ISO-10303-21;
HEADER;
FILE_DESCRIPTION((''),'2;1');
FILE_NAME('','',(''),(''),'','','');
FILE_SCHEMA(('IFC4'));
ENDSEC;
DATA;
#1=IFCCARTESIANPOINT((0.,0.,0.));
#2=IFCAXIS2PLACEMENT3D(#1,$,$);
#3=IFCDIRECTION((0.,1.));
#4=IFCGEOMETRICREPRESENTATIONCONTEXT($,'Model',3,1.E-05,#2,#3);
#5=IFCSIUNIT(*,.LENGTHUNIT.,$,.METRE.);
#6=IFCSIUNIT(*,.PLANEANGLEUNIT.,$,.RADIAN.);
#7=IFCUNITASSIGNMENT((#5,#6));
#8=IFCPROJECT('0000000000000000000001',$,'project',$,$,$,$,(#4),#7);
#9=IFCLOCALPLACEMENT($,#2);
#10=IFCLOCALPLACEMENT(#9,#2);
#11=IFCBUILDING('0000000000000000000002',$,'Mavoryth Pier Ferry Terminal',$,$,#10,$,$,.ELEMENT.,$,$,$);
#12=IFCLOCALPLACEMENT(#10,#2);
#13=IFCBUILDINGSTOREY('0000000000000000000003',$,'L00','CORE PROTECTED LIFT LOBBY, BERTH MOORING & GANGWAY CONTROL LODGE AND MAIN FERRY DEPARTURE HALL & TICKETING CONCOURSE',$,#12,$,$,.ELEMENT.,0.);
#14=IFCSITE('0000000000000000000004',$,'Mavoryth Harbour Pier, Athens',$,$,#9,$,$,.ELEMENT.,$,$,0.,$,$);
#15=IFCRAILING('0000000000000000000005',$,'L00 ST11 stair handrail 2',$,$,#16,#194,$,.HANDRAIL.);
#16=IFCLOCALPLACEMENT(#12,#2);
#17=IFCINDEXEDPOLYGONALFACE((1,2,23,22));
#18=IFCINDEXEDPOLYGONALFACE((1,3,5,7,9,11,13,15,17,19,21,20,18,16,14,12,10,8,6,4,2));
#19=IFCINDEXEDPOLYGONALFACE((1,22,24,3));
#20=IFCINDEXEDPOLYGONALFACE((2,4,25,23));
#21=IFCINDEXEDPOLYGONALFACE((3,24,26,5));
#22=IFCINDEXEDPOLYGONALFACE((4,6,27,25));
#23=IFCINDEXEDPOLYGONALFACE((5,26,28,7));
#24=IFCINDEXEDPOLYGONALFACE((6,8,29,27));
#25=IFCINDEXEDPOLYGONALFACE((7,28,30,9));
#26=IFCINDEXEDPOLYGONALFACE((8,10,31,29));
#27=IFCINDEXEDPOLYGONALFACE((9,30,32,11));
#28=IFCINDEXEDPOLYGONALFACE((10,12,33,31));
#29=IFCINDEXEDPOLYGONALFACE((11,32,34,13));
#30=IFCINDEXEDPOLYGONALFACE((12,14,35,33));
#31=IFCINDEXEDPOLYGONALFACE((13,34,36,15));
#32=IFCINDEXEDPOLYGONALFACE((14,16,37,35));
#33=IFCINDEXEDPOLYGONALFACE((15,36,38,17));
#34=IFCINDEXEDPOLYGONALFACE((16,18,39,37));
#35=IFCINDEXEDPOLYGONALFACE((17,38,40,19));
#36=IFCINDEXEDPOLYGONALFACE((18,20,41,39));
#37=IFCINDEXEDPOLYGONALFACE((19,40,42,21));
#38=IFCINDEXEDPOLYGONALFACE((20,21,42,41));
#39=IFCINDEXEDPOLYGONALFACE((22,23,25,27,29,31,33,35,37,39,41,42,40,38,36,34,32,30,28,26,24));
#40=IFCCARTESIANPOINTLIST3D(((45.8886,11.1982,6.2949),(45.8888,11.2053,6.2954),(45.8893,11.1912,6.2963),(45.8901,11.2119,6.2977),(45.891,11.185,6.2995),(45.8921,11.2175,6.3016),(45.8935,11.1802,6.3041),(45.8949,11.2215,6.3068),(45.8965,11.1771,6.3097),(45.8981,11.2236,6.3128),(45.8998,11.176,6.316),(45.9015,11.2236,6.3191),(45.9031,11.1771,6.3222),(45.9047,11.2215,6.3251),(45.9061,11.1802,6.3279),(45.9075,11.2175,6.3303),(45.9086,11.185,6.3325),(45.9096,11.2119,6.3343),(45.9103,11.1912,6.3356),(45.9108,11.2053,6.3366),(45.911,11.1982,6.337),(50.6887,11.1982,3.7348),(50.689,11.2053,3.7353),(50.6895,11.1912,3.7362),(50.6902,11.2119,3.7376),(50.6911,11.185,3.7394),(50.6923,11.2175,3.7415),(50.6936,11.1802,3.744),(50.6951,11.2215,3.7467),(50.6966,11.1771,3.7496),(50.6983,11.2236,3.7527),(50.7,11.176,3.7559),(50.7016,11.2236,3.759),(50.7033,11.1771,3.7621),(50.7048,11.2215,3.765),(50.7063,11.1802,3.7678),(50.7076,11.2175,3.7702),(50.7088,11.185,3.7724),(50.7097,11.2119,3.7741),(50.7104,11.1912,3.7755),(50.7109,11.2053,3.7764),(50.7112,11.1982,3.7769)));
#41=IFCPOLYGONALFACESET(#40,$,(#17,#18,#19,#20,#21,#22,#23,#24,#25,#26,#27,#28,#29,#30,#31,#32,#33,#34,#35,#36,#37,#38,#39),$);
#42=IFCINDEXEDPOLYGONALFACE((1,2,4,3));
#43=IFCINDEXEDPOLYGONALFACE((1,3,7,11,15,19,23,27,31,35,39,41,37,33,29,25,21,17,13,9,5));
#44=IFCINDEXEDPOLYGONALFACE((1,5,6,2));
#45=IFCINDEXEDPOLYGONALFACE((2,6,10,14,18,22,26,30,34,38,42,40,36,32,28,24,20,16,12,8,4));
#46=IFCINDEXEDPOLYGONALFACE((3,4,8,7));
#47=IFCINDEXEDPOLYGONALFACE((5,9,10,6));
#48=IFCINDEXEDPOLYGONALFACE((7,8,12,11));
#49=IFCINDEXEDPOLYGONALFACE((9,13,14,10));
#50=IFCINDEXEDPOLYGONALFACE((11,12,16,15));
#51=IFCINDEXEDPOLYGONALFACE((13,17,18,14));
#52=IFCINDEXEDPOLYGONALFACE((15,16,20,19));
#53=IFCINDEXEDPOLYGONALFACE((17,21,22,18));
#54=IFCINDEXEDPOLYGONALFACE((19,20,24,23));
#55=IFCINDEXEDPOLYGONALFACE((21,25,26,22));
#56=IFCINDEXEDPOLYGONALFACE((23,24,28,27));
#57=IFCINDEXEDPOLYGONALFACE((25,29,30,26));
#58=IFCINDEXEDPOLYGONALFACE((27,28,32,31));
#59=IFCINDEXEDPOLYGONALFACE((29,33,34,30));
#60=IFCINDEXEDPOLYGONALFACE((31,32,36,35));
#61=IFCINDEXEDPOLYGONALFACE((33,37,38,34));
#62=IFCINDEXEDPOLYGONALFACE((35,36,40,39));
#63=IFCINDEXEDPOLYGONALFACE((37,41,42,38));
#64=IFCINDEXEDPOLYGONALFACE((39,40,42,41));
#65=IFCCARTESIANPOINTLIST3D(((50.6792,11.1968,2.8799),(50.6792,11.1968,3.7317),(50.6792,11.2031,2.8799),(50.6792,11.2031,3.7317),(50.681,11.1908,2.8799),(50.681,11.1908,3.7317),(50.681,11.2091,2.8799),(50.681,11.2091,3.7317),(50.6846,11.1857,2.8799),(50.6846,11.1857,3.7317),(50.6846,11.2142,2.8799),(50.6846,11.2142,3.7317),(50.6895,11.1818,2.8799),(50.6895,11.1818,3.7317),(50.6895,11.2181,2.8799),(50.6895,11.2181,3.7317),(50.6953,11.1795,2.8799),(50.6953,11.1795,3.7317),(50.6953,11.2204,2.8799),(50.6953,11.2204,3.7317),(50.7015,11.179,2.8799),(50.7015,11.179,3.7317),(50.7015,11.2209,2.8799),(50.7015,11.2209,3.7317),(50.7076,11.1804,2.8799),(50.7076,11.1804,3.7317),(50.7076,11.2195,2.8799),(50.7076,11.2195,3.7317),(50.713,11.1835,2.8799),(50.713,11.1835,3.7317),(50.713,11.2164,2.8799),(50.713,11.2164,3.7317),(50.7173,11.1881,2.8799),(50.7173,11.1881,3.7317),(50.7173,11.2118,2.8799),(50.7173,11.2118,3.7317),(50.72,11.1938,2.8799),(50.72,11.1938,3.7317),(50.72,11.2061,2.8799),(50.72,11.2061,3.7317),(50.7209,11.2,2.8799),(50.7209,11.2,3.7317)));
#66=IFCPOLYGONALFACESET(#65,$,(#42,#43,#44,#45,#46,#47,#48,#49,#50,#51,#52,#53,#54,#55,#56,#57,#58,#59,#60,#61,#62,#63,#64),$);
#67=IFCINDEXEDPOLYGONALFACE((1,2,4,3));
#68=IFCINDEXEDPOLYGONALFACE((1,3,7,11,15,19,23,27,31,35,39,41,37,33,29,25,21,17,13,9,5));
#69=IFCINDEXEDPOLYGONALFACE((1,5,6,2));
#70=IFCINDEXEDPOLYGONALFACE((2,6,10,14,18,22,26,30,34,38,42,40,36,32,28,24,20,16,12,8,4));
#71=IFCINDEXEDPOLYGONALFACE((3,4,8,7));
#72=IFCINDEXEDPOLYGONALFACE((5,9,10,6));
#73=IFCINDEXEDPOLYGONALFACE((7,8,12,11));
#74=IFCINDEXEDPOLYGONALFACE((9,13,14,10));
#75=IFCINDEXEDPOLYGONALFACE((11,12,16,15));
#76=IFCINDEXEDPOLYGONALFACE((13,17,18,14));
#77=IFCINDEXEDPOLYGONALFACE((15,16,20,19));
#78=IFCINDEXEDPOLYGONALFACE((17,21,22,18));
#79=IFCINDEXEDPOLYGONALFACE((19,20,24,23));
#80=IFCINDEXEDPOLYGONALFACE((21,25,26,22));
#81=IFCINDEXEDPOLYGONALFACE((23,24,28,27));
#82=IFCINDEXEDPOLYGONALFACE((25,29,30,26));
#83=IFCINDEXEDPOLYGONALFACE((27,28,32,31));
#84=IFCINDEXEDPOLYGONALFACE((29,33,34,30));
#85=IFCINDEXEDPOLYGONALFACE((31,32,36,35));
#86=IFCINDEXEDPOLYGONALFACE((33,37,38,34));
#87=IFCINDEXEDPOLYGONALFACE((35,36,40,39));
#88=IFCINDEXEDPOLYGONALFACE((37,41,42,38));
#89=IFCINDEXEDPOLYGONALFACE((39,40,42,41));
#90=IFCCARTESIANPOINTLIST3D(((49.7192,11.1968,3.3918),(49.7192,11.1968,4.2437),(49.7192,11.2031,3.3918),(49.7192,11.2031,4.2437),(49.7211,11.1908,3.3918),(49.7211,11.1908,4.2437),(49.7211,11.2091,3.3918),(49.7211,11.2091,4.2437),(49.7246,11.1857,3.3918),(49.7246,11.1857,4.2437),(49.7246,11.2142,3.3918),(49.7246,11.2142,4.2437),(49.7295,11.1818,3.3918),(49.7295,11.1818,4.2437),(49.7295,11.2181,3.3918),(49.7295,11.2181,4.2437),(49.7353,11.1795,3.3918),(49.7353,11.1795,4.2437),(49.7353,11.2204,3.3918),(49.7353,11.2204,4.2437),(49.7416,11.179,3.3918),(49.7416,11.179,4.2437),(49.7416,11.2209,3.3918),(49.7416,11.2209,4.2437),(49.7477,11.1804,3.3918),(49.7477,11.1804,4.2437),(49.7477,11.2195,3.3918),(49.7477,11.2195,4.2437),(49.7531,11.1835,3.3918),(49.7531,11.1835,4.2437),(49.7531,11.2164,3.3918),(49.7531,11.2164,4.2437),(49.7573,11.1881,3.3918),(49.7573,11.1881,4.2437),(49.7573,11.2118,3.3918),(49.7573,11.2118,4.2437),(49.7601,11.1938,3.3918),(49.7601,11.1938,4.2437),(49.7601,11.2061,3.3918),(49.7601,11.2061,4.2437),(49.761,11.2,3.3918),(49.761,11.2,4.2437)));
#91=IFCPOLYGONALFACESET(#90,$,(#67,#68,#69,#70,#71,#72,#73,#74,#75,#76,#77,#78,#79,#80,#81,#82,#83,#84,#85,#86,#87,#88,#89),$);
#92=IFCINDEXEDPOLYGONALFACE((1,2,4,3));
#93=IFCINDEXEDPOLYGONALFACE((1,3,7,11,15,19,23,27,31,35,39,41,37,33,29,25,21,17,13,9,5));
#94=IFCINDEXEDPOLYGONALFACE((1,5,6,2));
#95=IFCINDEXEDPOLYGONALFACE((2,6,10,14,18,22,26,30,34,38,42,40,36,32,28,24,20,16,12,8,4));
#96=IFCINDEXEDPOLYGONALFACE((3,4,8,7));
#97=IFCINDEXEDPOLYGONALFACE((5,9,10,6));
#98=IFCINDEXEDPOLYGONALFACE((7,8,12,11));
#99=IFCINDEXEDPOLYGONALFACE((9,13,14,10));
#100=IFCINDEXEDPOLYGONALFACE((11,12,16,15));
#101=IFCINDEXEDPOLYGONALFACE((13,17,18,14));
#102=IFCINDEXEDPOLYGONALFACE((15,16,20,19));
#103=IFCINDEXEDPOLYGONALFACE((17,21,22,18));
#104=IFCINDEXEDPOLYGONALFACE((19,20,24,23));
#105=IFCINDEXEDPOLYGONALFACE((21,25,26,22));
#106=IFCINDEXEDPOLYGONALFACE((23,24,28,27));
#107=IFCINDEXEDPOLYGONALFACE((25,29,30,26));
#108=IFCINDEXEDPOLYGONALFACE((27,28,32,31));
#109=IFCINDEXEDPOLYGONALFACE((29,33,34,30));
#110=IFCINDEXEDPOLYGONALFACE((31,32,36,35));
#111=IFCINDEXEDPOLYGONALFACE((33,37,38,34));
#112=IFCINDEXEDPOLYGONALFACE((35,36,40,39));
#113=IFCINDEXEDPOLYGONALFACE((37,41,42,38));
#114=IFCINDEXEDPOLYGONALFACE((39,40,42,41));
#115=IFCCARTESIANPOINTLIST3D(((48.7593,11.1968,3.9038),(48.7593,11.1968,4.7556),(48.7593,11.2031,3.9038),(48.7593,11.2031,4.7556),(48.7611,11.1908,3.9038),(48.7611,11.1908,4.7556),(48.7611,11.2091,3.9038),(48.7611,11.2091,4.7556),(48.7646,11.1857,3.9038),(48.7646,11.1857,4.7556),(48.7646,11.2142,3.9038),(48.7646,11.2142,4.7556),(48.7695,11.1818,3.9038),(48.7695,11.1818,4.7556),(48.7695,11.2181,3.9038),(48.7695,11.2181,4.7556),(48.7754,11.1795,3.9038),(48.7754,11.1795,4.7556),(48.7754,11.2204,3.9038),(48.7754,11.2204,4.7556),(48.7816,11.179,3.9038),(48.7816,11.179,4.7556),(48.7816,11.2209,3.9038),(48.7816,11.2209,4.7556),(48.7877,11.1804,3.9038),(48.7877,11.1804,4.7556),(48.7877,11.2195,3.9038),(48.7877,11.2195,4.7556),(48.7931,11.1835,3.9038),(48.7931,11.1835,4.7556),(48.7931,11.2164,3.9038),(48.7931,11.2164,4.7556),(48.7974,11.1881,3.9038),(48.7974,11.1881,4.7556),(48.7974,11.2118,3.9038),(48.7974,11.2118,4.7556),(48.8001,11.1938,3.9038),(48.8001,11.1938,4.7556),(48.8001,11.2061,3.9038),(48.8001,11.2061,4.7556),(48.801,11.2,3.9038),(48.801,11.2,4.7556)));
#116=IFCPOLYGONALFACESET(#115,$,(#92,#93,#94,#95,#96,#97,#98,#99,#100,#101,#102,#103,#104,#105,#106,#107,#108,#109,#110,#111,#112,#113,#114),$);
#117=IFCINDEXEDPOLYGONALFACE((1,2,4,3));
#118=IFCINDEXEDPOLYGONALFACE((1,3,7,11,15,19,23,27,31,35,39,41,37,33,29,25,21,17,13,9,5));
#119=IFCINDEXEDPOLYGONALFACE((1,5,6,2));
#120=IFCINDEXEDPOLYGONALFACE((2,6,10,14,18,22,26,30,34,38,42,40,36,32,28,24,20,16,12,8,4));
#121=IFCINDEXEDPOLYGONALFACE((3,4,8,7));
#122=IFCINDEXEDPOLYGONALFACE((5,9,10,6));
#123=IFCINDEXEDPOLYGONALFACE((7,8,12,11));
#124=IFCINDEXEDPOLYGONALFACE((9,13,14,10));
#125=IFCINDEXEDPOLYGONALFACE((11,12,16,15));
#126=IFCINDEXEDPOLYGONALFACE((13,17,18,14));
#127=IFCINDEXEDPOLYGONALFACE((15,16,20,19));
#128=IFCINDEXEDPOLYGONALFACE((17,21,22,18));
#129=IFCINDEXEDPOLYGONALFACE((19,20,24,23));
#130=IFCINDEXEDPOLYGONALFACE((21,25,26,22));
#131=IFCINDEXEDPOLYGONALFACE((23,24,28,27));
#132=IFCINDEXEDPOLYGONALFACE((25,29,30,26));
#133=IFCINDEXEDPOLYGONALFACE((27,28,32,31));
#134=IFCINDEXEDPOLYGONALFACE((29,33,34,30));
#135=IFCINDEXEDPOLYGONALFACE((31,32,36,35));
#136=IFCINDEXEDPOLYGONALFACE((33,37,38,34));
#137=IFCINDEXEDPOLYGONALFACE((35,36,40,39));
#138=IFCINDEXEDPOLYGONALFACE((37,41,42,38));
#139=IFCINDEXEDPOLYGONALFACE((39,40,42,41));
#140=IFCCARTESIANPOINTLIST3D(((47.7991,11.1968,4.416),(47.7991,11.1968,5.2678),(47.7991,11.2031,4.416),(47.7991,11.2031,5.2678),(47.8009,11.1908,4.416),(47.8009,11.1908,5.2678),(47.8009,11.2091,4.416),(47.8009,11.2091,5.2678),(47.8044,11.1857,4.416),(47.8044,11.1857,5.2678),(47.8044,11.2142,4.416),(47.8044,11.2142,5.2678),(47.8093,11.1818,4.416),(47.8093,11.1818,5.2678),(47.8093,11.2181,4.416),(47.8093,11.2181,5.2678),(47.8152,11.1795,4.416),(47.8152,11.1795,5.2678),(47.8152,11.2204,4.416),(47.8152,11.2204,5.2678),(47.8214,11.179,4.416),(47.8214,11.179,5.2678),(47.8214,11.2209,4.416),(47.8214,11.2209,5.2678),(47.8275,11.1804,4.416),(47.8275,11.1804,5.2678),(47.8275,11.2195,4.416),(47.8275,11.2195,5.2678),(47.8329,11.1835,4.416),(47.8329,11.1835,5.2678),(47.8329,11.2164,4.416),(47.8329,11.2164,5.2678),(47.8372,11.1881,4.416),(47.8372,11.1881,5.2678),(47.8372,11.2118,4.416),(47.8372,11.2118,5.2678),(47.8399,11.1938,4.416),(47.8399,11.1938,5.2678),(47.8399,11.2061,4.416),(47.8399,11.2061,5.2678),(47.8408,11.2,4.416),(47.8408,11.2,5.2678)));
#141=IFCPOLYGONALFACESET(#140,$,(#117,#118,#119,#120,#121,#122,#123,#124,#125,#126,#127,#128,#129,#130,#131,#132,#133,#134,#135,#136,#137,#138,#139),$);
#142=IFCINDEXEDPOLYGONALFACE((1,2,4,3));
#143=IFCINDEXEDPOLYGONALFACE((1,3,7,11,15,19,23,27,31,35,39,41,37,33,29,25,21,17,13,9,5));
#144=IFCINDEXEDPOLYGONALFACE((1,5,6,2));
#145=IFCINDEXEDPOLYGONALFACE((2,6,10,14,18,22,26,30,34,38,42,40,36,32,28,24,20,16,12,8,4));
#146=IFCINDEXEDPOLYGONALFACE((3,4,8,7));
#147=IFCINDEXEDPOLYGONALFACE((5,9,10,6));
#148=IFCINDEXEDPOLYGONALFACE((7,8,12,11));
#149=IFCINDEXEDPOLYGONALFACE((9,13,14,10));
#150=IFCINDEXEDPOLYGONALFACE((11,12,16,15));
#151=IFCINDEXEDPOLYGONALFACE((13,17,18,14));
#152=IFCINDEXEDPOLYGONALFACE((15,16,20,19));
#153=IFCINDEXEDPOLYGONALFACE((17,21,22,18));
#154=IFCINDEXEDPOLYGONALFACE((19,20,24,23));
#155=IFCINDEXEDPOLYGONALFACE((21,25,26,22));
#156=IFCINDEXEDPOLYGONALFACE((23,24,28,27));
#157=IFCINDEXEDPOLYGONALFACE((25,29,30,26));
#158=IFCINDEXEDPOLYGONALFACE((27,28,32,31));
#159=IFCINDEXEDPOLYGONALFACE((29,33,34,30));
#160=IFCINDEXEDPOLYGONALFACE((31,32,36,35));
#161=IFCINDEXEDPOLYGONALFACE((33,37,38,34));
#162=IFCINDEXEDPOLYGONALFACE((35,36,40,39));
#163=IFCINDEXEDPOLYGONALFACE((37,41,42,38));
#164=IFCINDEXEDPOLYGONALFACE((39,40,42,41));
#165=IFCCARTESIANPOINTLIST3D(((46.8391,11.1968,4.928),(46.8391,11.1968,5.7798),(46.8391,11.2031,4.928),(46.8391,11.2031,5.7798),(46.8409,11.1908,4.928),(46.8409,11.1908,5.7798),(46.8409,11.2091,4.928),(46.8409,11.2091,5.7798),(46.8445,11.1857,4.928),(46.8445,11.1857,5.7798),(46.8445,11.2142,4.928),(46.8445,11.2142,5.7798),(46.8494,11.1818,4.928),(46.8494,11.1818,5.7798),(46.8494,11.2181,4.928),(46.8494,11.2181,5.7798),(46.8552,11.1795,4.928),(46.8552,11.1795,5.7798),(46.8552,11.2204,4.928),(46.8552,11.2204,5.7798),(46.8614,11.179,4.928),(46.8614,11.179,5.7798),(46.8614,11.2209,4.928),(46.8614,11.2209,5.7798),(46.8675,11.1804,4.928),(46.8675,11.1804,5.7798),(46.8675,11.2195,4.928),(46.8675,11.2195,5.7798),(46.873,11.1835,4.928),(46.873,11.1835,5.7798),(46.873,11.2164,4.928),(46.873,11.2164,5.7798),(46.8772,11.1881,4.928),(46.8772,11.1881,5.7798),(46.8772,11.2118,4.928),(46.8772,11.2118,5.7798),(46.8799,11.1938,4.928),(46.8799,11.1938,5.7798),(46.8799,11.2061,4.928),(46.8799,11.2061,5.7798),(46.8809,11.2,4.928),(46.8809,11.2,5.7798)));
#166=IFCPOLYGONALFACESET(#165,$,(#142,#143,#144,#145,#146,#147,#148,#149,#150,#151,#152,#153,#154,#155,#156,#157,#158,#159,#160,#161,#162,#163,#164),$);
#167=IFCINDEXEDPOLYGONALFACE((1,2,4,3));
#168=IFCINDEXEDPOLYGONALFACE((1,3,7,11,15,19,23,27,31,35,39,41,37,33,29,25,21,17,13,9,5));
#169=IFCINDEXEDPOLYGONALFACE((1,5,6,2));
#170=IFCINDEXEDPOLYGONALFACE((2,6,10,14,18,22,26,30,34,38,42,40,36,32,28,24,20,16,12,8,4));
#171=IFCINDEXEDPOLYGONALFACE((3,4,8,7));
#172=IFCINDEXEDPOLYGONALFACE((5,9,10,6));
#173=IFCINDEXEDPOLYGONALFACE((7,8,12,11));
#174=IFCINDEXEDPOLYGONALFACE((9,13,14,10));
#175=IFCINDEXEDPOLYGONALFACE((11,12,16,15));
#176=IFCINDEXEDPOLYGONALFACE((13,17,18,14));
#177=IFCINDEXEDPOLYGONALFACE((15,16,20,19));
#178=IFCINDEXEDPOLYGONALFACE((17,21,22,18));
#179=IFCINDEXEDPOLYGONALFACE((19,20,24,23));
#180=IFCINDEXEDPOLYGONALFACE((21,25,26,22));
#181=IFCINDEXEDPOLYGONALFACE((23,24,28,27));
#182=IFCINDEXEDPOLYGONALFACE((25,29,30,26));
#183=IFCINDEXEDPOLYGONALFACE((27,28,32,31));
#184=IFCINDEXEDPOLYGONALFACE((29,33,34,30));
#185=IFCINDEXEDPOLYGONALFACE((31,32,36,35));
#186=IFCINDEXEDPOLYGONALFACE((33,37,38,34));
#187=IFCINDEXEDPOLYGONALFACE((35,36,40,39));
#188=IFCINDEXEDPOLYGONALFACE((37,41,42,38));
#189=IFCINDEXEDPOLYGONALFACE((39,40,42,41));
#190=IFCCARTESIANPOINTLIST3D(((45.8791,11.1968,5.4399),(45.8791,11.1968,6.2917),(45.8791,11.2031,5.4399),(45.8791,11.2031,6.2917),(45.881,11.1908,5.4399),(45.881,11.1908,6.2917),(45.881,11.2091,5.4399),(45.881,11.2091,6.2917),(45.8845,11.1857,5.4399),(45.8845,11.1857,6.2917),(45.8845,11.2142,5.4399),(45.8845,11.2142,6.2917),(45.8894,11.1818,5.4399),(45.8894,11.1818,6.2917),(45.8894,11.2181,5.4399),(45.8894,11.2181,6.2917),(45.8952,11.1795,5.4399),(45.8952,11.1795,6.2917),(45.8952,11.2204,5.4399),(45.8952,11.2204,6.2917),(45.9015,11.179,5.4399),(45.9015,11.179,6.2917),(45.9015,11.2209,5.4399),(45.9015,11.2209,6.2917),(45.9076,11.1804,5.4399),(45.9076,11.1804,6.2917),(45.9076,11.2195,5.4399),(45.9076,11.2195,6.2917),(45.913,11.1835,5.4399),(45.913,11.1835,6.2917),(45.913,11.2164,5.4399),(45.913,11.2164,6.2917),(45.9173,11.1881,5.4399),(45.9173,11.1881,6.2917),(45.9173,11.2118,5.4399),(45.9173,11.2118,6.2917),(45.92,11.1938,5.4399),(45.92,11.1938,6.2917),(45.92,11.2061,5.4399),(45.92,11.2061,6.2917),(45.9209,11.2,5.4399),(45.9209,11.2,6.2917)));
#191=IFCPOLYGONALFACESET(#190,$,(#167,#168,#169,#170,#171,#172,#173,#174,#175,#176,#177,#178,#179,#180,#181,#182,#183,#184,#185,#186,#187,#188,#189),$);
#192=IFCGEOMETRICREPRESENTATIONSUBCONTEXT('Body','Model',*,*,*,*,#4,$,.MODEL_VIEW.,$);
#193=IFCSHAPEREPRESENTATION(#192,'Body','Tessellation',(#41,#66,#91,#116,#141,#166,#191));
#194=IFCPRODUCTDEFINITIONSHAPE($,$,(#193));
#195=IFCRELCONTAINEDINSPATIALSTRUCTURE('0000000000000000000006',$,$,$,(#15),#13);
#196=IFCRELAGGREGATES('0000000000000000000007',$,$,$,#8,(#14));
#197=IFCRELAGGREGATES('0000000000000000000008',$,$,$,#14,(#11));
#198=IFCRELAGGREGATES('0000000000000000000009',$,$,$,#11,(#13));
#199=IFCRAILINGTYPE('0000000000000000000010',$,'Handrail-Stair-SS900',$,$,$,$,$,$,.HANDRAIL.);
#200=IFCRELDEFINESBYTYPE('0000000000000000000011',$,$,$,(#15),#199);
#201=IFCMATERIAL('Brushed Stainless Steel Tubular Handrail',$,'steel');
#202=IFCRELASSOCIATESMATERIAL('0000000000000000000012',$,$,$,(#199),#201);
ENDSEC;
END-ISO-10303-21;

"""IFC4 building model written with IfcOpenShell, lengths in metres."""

from ifc_helpers import new_model, si_unit, direction, frame, origin, origin_2d, place, context, subcontext, project, spatial, circle, extrude, material, type_object, element, save


model = new_model("IFC4")

# Units and contexts
model_context = context("Model", 3, precision=1e-05, world=origin(), true_north=direction((0.0, 1.0)))
body_context = subcontext(model_context, "Body", "Model", "MODEL_VIEW")
ifc_project = project(units=[si_unit("LENGTHUNIT", "METRE"), si_unit("PLANEANGLEUNIT", "RADIAN")], contexts=[model_context])

# Site, building, storey
site_placement = place(None, origin())
site = spatial("IfcSite", under=ifc_project, at=site_placement, Name="Mavoryth Harbour Pier, Athens", CompositionType="ELEMENT", RefElevation=0.0)
building_placement = place(site_placement, origin())
building = spatial("IfcBuilding", under=site, at=building_placement, Name="Mavoryth Pier Ferry Terminal", CompositionType="ELEMENT")
storey_placement = place(building_placement, origin())
storey = spatial("IfcBuildingStorey", under=building, at=storey_placement, Name="L00", Description="CORE PROTECTED LIFT LOBBY, BERTH MOORING & GANGWAY CONTROL LODGE AND MAIN FERRY DEPARTURE HALL & TICKETING CONCOURSE", CompositionType="ELEMENT", Elevation=0.0)

# Railing
ifc_material_1 = material(Name="Brushed Stainless Steel Tubular Handrail", Category="steel")
railing_type_1 = type_object("IfcRailingType", Name="Handrail-Stair-SS900", PredefinedType="HANDRAIL", material=ifc_material_1)
railing_1_placement = place(storey_placement, frame((50.7, 11.2, 2.8799)))
element("IfcRailing", 1, at=railing_1_placement, inside=storey, type_object=railing_type_1, Name="L00 ST11 stair handrail 2", PredefinedType="HANDRAIL", context=body_context, shape_type="SweptSolid", body=[
    extrude(circle(Radius=0.0239, at=origin_2d()), frame((0.0, 0.0, 0.876), z_axis=(-0.88235, 0.0, 0.470593), x_axis=(0.0, -1.0, 0.0)), (0.0, 0.0, 1.0), 5.4402),
    extrude(circle(Radius=0.021, at=origin_2d()), origin(), (0.0, 0.0, 1.0), 0.8518),
    extrude(circle(Radius=0.021, at=origin_2d()), frame((-0.96, 0.0, 0.512)), (0.0, 0.0, 1.0), 0.8518),
    extrude(circle(Radius=0.021, at=origin_2d()), frame((-1.9199, 0.0, 1.0239)), (0.0, 0.0, 1.0), 0.8518),
    extrude(circle(Radius=0.021, at=origin_2d()), frame((-2.8801, 0.0, 1.5361)), (0.0, 0.0, 1.0), 0.8518),
    extrude(circle(Radius=0.021, at=origin_2d()), frame((-3.8401, 0.0, 2.0481)), (0.0, 0.0, 1.0), 0.8518),
    extrude(circle(Radius=0.021, at=origin_2d()), frame((-4.8, 0.0, 2.5601)), (0.0, 0.0, 1.0), 0.8518),
])

save(model, "model.ifc")
